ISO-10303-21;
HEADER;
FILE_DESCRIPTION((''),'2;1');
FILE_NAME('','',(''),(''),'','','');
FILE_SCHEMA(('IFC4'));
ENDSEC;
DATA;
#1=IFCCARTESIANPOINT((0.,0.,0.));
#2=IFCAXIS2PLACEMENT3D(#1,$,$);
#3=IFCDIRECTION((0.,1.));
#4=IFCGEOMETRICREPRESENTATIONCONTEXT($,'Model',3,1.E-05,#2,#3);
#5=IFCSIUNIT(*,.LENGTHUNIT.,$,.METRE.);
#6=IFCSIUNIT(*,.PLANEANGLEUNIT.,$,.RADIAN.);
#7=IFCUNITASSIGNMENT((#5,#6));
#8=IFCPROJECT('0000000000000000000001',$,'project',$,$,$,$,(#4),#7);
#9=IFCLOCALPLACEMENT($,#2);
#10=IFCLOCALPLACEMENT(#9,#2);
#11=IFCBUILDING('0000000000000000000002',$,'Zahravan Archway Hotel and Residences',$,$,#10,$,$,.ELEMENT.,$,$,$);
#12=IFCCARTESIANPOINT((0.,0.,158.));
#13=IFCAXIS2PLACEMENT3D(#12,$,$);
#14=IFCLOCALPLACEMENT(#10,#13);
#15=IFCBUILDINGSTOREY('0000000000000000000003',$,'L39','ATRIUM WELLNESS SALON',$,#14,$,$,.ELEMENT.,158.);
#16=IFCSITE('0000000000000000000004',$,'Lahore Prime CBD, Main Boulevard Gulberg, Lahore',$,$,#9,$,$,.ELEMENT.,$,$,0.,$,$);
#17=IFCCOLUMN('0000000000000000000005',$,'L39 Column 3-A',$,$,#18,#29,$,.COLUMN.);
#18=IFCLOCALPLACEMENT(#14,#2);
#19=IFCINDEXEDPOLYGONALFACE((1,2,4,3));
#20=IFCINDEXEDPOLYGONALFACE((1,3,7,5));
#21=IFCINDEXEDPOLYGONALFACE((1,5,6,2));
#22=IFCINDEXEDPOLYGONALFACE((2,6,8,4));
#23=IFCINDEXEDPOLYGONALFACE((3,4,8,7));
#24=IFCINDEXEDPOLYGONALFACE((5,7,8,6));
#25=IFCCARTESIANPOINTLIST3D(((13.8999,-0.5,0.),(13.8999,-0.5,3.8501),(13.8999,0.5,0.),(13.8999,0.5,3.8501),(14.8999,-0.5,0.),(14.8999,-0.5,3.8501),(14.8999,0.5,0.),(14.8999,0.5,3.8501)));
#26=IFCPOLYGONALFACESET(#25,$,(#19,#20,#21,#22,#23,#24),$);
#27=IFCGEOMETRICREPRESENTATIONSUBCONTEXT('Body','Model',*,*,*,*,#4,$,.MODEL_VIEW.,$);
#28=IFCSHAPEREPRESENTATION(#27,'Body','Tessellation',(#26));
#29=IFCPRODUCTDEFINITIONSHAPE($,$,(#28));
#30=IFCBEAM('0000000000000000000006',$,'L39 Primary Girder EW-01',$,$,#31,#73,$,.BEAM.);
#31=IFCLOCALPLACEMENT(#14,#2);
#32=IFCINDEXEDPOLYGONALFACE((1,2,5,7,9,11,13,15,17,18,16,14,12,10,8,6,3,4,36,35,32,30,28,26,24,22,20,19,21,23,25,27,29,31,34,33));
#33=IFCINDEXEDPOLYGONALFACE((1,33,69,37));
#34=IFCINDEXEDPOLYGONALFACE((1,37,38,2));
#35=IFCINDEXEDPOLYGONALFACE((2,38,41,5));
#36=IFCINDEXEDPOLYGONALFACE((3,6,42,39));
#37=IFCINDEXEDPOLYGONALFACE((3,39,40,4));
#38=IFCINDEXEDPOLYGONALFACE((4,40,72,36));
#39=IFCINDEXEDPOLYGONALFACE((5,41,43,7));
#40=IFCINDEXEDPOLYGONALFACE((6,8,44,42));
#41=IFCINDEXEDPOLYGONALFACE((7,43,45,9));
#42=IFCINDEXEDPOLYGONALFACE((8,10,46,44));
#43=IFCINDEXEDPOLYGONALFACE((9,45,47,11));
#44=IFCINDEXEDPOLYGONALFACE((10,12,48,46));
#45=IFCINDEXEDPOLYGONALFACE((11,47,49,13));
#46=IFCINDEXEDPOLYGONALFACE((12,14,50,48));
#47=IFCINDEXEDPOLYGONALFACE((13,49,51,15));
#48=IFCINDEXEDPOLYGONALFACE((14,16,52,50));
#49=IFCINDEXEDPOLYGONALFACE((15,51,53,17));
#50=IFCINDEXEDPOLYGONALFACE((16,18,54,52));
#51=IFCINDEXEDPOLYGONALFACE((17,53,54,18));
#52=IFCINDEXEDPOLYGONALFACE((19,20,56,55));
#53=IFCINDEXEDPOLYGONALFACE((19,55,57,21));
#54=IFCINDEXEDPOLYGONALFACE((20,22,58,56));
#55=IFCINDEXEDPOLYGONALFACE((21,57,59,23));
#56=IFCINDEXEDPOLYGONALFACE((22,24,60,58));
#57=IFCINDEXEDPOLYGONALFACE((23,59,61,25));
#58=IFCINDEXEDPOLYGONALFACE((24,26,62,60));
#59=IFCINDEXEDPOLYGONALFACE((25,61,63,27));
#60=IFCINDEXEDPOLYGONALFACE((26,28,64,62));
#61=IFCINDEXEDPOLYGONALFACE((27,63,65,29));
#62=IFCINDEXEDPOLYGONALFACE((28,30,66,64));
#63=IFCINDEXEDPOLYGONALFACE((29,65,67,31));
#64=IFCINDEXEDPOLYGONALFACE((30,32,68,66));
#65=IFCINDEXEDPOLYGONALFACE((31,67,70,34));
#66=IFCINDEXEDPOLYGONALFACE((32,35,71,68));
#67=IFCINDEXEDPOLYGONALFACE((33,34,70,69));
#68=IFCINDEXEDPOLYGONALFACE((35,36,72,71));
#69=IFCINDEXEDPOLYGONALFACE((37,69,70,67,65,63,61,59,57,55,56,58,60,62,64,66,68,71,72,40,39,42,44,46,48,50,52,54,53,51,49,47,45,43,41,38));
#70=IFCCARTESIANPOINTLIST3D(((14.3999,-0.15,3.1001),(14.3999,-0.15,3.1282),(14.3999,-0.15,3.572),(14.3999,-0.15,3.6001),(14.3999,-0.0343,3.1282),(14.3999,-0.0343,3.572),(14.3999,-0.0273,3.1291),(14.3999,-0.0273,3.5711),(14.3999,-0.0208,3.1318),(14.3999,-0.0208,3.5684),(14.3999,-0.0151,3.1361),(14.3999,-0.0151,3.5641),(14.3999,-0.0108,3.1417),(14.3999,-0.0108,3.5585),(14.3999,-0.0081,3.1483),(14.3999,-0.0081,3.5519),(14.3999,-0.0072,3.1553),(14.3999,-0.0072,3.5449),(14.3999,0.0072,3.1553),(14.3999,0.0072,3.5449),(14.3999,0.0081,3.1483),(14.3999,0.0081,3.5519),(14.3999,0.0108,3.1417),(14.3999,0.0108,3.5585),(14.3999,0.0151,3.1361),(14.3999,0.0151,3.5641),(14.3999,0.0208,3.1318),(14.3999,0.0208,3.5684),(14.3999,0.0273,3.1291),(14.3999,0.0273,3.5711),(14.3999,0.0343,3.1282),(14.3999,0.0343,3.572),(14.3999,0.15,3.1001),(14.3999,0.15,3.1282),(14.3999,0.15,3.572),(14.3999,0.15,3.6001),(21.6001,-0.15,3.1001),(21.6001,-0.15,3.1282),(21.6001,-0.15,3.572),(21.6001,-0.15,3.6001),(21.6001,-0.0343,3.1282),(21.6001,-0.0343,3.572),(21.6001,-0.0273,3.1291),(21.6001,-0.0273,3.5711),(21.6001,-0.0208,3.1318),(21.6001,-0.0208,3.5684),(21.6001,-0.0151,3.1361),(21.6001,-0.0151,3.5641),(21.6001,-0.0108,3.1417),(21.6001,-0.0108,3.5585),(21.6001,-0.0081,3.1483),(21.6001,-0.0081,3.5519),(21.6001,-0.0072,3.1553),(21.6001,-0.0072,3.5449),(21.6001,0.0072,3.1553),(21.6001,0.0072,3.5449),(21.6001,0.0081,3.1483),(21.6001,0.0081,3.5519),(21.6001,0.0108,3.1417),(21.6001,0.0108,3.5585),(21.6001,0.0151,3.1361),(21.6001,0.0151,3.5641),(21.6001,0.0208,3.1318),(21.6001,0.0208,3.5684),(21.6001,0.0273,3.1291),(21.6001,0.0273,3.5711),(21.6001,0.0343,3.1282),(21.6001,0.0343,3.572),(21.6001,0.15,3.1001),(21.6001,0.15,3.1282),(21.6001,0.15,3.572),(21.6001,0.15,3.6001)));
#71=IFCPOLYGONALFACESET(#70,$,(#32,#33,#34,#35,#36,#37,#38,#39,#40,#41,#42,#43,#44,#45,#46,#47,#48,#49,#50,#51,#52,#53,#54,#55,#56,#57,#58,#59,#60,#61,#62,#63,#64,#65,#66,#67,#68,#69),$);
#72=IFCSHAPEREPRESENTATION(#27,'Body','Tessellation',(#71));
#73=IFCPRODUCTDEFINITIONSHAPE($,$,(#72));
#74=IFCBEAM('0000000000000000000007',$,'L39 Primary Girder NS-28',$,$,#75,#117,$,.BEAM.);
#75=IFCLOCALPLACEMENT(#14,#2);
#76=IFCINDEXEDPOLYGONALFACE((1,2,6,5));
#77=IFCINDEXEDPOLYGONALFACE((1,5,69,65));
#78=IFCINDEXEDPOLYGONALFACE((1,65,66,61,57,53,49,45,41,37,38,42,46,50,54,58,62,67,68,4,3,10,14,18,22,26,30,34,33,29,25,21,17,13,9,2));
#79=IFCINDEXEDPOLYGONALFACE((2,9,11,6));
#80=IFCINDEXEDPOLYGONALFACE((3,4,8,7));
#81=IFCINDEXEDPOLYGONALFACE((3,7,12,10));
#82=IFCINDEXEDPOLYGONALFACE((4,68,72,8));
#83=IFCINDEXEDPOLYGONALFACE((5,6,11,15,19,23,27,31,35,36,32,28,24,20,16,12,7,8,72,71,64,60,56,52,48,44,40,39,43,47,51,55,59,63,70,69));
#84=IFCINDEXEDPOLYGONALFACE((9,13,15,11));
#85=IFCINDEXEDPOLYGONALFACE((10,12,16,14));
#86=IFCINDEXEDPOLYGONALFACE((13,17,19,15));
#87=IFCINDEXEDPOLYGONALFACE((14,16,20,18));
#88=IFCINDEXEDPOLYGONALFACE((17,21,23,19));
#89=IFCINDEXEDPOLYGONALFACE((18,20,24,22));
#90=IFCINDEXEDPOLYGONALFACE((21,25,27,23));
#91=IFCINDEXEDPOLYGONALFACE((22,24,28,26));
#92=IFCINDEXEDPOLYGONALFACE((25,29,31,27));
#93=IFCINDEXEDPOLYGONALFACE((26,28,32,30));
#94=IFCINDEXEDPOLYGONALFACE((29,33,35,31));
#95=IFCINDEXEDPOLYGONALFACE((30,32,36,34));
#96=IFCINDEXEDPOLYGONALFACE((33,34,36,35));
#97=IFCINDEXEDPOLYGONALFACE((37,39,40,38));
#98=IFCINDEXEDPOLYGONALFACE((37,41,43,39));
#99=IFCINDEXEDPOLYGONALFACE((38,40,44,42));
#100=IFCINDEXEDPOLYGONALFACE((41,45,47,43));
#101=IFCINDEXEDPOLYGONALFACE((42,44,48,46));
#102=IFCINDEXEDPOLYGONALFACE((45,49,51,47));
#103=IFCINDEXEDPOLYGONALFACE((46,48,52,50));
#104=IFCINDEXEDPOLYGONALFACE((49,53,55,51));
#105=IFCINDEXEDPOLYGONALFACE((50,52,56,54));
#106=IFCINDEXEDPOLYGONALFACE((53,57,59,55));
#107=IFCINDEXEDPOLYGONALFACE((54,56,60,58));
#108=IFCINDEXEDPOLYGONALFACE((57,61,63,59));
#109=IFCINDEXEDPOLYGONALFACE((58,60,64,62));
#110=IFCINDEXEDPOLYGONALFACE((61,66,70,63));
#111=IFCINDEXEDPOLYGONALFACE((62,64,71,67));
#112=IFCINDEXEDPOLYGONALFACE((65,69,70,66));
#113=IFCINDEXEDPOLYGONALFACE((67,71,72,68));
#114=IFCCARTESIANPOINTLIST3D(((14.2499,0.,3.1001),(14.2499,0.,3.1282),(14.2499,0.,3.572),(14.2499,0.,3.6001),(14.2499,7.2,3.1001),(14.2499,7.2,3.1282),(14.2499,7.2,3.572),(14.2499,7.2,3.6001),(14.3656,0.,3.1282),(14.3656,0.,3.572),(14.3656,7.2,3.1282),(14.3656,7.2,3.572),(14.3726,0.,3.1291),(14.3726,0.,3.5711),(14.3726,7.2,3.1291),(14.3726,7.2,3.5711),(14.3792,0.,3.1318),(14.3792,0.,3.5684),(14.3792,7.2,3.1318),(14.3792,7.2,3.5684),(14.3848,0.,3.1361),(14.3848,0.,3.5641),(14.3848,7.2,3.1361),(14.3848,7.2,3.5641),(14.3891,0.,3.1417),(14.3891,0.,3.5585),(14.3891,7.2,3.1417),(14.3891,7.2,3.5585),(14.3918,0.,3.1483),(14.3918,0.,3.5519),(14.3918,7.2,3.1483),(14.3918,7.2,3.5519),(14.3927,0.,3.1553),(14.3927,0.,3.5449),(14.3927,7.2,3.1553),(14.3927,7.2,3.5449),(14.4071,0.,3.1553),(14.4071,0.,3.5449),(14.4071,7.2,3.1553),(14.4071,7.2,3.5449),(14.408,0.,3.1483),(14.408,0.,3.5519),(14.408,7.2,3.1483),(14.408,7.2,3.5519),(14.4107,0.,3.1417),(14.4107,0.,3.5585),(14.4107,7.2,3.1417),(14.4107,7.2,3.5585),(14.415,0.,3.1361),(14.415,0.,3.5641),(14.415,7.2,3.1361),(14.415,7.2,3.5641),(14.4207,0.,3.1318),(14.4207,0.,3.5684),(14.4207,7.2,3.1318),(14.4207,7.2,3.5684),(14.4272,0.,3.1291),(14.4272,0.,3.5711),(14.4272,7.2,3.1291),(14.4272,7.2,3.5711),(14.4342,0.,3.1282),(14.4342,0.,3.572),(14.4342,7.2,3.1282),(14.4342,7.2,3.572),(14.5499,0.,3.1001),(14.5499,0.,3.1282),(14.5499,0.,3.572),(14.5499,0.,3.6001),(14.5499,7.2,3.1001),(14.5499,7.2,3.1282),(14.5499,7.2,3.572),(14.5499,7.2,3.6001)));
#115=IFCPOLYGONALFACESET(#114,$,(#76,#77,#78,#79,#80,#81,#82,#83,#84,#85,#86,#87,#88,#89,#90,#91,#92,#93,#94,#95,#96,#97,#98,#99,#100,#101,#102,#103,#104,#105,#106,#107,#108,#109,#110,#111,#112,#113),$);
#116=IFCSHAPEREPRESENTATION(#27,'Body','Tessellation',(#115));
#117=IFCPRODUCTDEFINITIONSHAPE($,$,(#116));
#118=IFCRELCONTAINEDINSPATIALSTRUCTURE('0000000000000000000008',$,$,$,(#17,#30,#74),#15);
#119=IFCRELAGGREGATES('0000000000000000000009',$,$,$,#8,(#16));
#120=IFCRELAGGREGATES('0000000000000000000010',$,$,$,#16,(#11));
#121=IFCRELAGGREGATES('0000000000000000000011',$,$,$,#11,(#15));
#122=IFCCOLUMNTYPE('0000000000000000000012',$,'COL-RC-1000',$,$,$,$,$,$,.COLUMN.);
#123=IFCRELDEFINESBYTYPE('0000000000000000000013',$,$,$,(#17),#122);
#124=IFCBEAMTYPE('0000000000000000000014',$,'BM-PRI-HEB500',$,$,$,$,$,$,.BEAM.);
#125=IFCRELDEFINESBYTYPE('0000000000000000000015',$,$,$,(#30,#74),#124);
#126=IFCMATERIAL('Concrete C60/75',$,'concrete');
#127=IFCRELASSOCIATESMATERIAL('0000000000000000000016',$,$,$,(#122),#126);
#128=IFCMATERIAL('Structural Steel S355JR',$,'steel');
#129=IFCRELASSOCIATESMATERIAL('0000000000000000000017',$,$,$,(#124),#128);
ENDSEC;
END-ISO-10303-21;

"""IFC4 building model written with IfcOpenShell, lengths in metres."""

from ifc_helpers import new_model, si_unit, direction, frame, origin, origin_2d, place, context, subcontext, project, spatial, rectangle, i_section, extrude, source, transform, mapped, material, material_profile, profile_set, type_object, type_shapes, element, save


model = new_model("IFC4")

# Units and contexts
model_context = context("Model", 3, precision=1e-05, world=origin(), true_north=direction((0.0, 1.0)))
body_context = subcontext(model_context, "Body", "Model", "MODEL_VIEW")
ifc_project = project(units=[si_unit("LENGTHUNIT", "METRE"), si_unit("PLANEANGLEUNIT", "RADIAN")], contexts=[model_context])

# Site, building, storey
site_placement = place(None, origin())
site = spatial("IfcSite", under=ifc_project, at=site_placement, Name="Lahore Prime CBD, Main Boulevard Gulberg, Lahore", CompositionType="ELEMENT", RefElevation=0.0)
building_placement = place(site_placement, origin())
building = spatial("IfcBuilding", under=site, at=building_placement, Name="Zahravan Archway Hotel and Residences", CompositionType="ELEMENT")
storey_placement = place(building_placement, frame((0.0, 0.0, 158.0)))
storey = spatial("IfcBuildingStorey", under=building, at=storey_placement, Name="L39", Description="ATRIUM WELLNESS SALON", CompositionType="ELEMENT", Elevation=158.0)

# Column
ifc_material_1 = material(Name="Concrete C60/75", Category="concrete")
ifc_material_profile_1 = material_profile(ifc_material_1, rectangle(XDim=1.0, YDim=1.0, at=origin_2d()), Name="RC-COL-1000x1000", Category="concrete")
ifc_profile_set_1 = profile_set([ifc_material_profile_1], Name="Concrete C60/75")
column_type = type_object("IfcColumnType", Name="COL-RC-1000", PredefinedType="COLUMN", material=ifc_profile_set_1)
shared_shape_1 = source(origin(), body_context, "Body", "SweptSolid", [
    extrude(rectangle(XDim=1.0, YDim=1.0, at=origin_2d()), origin(), (0.0, 0.0, 1.0), 3.8501),
])
column_placement = place(storey_placement, frame((14.3999, 0.0, 0.0), z_axis=(0.0, 0.0, 1.0), x_axis=(1.0, 0.0, 0.0)))
element("IfcColumn", 1, at=column_placement, inside=storey, type_object=column_type, Name="L39 Column 3-A", PredefinedType="COLUMN", context=body_context, shape_type="MappedRepresentation", body=[
    mapped(shared_shape_1, transform((0.0, 0.0, 0.0), scale=1.0)),
])

# Beams
ifc_material_2 = material(Name="Structural Steel S355JR", Category="steel")
ifc_material_profile_2 = material_profile(ifc_material_2, i_section(OverallWidth=0.3, OverallDepth=0.5, WebThickness=0.0144, FlangeThickness=0.0281, FilletRadius=0.0271, at=origin_2d()), Name="HEB 500", Category="steel")
ifc_profile_set_2 = profile_set([ifc_material_profile_2], Name="Structural Steel S355JR")
beam_type = type_object("IfcBeamType", Name="BM-PRI-HEB500", PredefinedType="BEAM", material=ifc_profile_set_2)
shared_shape_2 = source(origin(), body_context, "Body", "SweptSolid", [
    extrude(i_section(OverallWidth=0.3, OverallDepth=0.5, WebThickness=0.0144, FlangeThickness=0.0281, FilletRadius=0.0271, at=origin_2d()), origin(), (0.0, 0.0, 1.0), 7.2002),
])
type_shapes(beam_type, [shared_shape_2])
beam_1_placement = place(storey_placement, frame((14.3999, 0.0, 3.3501), z_axis=(1.0, 0.0, 0.0), x_axis=(0.0, 1.0, 0.0)))
element("IfcBeam", 2, at=beam_1_placement, inside=storey, type_object=beam_type, Name="L39 Primary Girder EW-01", PredefinedType="BEAM", context=body_context, shape_type="MappedRepresentation", body=[
    mapped(shared_shape_2, transform((0.0, 0.0, 0.0), scale=1.0)),
])
shared_shape_3 = source(origin(), body_context, "Body", "SweptSolid", [
    extrude(i_section(OverallWidth=0.3, OverallDepth=0.5, WebThickness=0.0144, FlangeThickness=0.0281, FilletRadius=0.0271, at=origin_2d()), origin(), (0.0, 0.0, 1.0), 7.2),
])
beam_2_placement = place(storey_placement, frame((14.3999, 0.0, 3.3501), z_axis=(0.0, 1.0, 0.0), x_axis=(-1.0, 0.0, 0.0)))
element("IfcBeam", 3, at=beam_2_placement, inside=storey, type_object=beam_type, Name="L39 Primary Girder NS-28", PredefinedType="BEAM", context=body_context, shape_type="MappedRepresentation", body=[
    mapped(shared_shape_3, transform((0.0, 0.0, 0.0), scale=1.0)),
])

save(model, "model.ifc")
